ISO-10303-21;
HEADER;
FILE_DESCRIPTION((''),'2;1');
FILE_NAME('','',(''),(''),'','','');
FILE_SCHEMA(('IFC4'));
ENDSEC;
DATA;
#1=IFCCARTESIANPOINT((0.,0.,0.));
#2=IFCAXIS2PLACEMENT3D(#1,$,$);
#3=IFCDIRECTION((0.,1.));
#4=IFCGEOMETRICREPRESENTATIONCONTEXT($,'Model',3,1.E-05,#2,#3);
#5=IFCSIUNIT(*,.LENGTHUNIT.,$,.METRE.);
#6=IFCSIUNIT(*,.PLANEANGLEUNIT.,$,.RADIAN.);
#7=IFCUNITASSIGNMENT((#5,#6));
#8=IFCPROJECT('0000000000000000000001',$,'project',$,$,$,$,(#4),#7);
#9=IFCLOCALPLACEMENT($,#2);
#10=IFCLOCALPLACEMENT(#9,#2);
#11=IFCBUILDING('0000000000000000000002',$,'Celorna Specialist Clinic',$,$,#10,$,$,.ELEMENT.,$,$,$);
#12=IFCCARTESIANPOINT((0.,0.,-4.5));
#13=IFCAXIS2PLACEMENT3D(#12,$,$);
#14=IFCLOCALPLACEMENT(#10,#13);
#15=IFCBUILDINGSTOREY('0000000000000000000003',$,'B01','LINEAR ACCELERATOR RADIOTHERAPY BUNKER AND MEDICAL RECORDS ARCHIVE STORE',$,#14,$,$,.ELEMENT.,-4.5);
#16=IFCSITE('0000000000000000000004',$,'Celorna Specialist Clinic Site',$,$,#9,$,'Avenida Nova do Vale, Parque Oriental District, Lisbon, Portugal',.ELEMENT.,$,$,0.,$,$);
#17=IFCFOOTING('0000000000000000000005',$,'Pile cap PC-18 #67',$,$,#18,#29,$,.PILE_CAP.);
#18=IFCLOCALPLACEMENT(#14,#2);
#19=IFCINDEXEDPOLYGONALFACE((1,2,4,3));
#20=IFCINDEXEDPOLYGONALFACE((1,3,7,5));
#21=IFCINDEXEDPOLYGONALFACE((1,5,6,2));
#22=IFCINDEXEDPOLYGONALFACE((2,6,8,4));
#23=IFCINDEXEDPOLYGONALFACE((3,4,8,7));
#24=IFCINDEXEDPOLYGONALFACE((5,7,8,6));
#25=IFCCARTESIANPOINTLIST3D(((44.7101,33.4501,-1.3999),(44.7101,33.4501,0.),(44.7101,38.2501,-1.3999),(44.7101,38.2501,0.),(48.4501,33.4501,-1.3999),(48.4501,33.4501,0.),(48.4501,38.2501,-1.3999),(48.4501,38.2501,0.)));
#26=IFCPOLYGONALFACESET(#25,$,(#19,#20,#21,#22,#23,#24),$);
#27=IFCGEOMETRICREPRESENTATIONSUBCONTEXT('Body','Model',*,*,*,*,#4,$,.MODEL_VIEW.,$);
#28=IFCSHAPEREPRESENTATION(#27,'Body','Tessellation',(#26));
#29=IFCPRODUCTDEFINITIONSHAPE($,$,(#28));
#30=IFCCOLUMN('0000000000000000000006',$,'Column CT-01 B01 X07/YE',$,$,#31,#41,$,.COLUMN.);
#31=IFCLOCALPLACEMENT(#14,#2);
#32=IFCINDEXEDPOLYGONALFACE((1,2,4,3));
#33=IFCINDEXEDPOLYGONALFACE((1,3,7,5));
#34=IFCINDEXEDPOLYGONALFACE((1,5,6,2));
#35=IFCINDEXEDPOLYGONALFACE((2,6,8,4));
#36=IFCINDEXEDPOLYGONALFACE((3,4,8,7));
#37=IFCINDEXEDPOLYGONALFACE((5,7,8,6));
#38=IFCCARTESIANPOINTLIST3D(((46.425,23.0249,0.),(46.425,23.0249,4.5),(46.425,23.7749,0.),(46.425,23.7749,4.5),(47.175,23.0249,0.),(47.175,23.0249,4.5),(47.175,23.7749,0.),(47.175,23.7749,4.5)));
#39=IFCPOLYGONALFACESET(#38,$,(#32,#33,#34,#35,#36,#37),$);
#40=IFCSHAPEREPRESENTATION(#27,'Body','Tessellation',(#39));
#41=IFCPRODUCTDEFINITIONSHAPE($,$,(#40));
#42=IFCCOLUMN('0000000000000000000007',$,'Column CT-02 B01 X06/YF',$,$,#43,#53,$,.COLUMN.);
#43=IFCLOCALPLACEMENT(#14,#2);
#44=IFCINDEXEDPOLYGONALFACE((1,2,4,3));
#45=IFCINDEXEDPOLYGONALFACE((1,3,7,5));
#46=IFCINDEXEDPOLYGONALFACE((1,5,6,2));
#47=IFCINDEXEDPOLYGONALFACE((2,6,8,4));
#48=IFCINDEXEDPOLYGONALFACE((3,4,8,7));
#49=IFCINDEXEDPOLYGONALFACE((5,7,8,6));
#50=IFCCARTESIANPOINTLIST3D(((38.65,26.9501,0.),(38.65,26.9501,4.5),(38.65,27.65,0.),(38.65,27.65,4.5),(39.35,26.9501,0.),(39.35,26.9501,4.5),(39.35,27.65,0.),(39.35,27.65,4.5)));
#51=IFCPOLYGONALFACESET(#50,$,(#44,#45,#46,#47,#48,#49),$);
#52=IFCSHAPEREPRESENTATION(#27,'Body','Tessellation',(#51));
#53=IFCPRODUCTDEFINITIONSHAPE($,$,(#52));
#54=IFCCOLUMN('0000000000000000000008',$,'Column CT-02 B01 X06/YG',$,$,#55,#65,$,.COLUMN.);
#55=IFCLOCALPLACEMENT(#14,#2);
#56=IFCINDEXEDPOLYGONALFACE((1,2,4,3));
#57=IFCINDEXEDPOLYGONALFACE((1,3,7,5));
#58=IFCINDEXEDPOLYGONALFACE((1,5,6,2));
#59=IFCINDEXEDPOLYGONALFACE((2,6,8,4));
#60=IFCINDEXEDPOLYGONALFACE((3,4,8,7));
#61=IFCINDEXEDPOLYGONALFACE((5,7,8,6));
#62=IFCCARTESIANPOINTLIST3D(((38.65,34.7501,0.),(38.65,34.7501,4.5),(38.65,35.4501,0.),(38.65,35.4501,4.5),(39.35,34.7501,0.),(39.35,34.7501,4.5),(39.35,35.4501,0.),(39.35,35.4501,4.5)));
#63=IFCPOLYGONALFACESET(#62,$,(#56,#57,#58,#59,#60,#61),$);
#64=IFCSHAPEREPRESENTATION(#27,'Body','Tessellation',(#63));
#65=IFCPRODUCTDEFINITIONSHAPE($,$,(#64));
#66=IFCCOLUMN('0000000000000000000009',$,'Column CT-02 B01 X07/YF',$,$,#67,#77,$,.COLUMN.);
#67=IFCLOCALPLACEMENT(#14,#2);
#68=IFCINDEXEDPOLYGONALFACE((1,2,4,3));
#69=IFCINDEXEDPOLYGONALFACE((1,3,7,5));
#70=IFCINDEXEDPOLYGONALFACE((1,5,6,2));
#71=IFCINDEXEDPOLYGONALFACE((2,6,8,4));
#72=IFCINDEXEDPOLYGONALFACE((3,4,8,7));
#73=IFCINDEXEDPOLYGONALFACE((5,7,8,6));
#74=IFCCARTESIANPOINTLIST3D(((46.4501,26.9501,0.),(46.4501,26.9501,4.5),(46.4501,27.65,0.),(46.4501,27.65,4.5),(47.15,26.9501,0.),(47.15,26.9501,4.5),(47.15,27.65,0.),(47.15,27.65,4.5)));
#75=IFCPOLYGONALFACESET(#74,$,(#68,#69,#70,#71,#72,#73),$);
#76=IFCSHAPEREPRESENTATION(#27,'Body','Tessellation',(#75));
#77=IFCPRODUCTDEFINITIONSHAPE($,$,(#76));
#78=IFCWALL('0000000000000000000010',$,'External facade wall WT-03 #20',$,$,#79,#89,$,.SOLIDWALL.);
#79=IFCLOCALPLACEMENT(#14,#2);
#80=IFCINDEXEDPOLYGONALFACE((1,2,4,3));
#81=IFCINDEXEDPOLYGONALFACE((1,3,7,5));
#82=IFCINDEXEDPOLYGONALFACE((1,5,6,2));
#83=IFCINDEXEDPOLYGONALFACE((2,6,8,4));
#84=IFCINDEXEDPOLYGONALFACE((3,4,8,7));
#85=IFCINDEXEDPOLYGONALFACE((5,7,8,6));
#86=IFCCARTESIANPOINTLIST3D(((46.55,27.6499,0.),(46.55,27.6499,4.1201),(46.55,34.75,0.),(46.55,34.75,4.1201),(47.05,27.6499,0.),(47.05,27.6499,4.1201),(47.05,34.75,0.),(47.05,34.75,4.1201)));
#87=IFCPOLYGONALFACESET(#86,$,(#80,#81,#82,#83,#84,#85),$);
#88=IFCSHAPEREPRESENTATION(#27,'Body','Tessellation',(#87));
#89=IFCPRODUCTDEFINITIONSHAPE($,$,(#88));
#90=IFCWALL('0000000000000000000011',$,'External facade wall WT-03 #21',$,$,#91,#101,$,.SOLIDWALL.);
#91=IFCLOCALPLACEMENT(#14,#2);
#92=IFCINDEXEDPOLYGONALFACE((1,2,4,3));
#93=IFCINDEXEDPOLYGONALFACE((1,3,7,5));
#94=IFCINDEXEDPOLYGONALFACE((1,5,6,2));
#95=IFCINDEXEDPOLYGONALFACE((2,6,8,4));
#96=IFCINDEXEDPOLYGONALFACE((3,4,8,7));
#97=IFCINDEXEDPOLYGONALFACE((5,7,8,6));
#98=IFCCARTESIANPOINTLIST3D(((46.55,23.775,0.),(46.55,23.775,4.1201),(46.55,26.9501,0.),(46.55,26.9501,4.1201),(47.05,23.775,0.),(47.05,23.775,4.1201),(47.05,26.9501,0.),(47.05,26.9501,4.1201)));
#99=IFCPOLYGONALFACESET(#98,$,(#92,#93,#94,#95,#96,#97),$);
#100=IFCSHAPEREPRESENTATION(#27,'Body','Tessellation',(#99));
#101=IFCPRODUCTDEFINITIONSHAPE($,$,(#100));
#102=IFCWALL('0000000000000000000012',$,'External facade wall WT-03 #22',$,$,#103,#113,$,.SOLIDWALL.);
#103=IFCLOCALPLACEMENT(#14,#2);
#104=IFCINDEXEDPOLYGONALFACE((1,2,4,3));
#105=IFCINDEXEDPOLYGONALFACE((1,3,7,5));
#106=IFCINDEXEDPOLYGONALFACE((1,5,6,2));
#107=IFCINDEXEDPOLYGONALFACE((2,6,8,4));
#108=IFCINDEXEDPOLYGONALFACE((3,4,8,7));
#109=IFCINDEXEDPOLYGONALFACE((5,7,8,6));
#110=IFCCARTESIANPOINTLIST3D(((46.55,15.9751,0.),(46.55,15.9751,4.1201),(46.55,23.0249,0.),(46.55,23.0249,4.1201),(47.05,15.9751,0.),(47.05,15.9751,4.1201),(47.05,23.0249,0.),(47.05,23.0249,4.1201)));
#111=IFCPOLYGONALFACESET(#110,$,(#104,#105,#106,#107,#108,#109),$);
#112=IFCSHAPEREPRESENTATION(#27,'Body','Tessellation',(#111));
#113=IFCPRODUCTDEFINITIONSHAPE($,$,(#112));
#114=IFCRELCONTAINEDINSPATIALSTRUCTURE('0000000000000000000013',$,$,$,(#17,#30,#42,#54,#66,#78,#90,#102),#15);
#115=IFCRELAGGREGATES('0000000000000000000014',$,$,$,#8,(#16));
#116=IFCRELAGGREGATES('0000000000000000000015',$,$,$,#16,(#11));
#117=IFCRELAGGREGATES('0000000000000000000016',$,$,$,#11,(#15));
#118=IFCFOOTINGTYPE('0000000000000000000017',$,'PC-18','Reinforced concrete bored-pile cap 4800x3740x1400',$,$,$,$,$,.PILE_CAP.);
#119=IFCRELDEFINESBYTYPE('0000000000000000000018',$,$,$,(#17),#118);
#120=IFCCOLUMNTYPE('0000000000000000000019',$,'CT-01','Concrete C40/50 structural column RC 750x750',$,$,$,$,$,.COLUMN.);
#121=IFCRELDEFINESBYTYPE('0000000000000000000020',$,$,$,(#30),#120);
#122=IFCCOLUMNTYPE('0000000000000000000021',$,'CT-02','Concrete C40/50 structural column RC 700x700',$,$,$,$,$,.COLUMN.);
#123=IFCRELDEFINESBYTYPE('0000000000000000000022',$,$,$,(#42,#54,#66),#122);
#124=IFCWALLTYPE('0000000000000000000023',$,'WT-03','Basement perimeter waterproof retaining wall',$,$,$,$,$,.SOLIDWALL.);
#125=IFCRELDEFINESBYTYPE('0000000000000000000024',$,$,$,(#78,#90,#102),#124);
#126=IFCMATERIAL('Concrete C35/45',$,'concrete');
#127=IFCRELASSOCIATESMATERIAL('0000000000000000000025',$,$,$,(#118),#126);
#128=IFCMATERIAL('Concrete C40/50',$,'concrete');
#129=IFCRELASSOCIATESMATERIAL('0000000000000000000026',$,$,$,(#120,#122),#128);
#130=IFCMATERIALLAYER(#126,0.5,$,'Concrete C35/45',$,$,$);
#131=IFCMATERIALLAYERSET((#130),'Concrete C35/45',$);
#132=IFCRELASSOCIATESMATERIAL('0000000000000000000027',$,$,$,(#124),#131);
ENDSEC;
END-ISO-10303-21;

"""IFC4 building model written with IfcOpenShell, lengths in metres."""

from ifc_helpers import new_model, si_unit, direction, frame, frame_2d, origin, origin_2d, place, context, subcontext, project, spatial, rectangle, extrude, material, layer, layer_set, material_profile, profile_set, type_object, element, save


model = new_model("IFC4")

# Units and contexts
model_context = context("Model", 3, precision=1e-05, world=origin(), true_north=direction((0.0, 1.0)))
body_context = subcontext(model_context, "Body", "Model", "MODEL_VIEW")
ifc_project = project(units=[si_unit("LENGTHUNIT", "METRE"), si_unit("PLANEANGLEUNIT", "RADIAN")], contexts=[model_context])

# Site, building, storey
site_placement = place(None, origin())
site = spatial("IfcSite", under=ifc_project, at=site_placement, Name="Celorna Specialist Clinic Site", LongName="Avenida Nova do Vale, Parque Oriental District, Lisbon, Portugal", CompositionType="ELEMENT", RefElevation=0.0)
building_placement = place(site_placement, origin())
building = spatial("IfcBuilding", under=site, at=building_placement, Name="Celorna Specialist Clinic", CompositionType="ELEMENT")
storey_placement = place(building_placement, frame((0.0, 0.0, -4.5)))
storey = spatial("IfcBuildingStorey", under=building, at=storey_placement, Name="B01", Description="LINEAR ACCELERATOR RADIOTHERAPY BUNKER AND MEDICAL RECORDS ARCHIVE STORE", CompositionType="ELEMENT", Elevation=-4.5)

# Shared definitions
ifc_material_1 = material(Name="Concrete C35/45", Category="concrete")

# Footing
footing_type_1 = type_object("IfcFootingType", Name="PC-18", Description="Reinforced concrete bored-pile cap 4800x3740x1400", PredefinedType="PILE_CAP", material=ifc_material_1)
footing_1_placement = place(storey_placement, frame((46.5801, 35.8501, -1.3999), z_axis=(0.0, 0.0, 1.0), x_axis=(1.0, 0.0, 0.0)))
element("IfcFooting", 1, at=footing_1_placement, inside=storey, type_object=footing_type_1, Name="Pile cap PC-18 #67", PredefinedType="PILE_CAP", context=body_context, shape_type="SweptSolid", body=[
    extrude(rectangle(XDim=3.74, YDim=4.8, at=origin_2d()), origin(), (0.0, 0.0, 1.0), 1.3999),
])

# Columns
ifc_material_2 = material(Name="Concrete C40/50", Category="concrete")
ifc_material_profile_1 = material_profile(ifc_material_2, rectangle(XDim=0.75, YDim=0.75, at=origin_2d()), Name="RC 750x750")
ifc_profile_set_1 = profile_set([ifc_material_profile_1], Name="Concrete C40/50")
column_type_1 = type_object("IfcColumnType", Name="CT-01", Description="Concrete C40/50 structural column RC 750x750", PredefinedType="COLUMN", material=ifc_profile_set_1)
column_placement = place(storey_placement, frame((46.8, 23.3999, 0.0), z_axis=(0.0, 0.0, 1.0), x_axis=(1.0, 0.0, 0.0)))
element("IfcColumn", 2, at=column_placement, inside=storey, type_object=column_type_1, Name="Column CT-01 B01 X07/YE", PredefinedType="COLUMN", context=body_context, shape_type="SweptSolid", body=[
    extrude(rectangle(XDim=0.75, YDim=0.75, at=origin_2d()), origin(), (0.0, 0.0, 1.0), 4.5),
])
ifc_material_profile_2 = material_profile(ifc_material_2, rectangle(XDim=0.7, YDim=0.7, at=origin_2d()), Name="RC 700x700")
ifc_profile_set_2 = profile_set([ifc_material_profile_2], Name="Concrete C40/50")
column_type_2 = type_object("IfcColumnType", Name="CT-02", Description="Concrete C40/50 structural column RC 700x700", PredefinedType="COLUMN", material=ifc_profile_set_2)
for number, where, z_axis, x_axis, name in (
    (3, (39.0, 27.3, 0.0), (0.0, 0.0, 1.0), (1.0, 0.0, 0.0), "Column CT-02 B01 X06/YF"),
    (4, (39.0, 35.1001, 0.0), (0.0, 0.0, 1.0), (1.0, 0.0, 0.0), "Column CT-02 B01 X06/YG"),
    (5, (46.8, 27.3, 0.0), (0.0, 0.0, 1.0), (1.0, 0.0, 0.0), "Column CT-02 B01 X07/YF"),
):
    element("IfcColumn", number, at=place(storey_placement, frame(where, z_axis=z_axis, x_axis=x_axis)), inside=storey, type_object=column_type_2, Name=name, PredefinedType="COLUMN", context=body_context, shape_type="SweptSolid", body=[
        extrude(rectangle(XDim=0.7, YDim=0.7, at=origin_2d()), origin(), (0.0, 0.0, 1.0), 4.5),
    ])

# Walls
ifc_layer = layer(ifc_material_1, 0.5, Name="Concrete C35/45")
ifc_layer_set = layer_set([ifc_layer], Name="Concrete C35/45")
wall_type = type_object("IfcWallType", Name="WT-03", Description="Basement perimeter waterproof retaining wall", PredefinedType="SOLIDWALL", material=ifc_layer_set)
wall_1_placement = place(storey_placement, frame((46.8, 34.75, 0.0), z_axis=(0.0, 0.0, 1.0), x_axis=(0.0, -1.0, 0.0)))
element("IfcWall", 6, at=wall_1_placement, inside=storey, type_object=wall_type, Name="External facade wall WT-03 #20", PredefinedType="SOLIDWALL", context=body_context, shape_type="SweptSolid", body=[
    extrude(rectangle(XDim=7.1001, YDim=0.5, at=frame_2d((3.55, 0.0))), origin(), (0.0, 0.0, 1.0), 4.1201),
])
wall_2_placement = place(storey_placement, frame((46.8, 26.95, 0.0), z_axis=(0.0, 0.0, 1.0), x_axis=(0.0, -1.0, 0.0)))
element("IfcWall", 7, at=wall_2_placement, inside=storey, type_object=wall_type, Name="External facade wall WT-03 #21", PredefinedType="SOLIDWALL", context=body_context, shape_type="SweptSolid", body=[
    extrude(rectangle(XDim=3.175, YDim=0.5, at=frame_2d((1.5874, 0.0))), origin(), (0.0, 0.0, 1.0), 4.1201),
])
wall_3_placement = place(storey_placement, frame((46.8, 23.0249, 0.0), z_axis=(0.0, 0.0, 1.0), x_axis=(0.0, -1.0, 0.0)))
element("IfcWall", 8, at=wall_3_placement, inside=storey, type_object=wall_type, Name="External facade wall WT-03 #22", PredefinedType="SOLIDWALL", context=body_context, shape_type="SweptSolid", body=[
    extrude(rectangle(XDim=7.0498, YDim=0.5, at=frame_2d((3.5249, 0.0))), origin(), (0.0, 0.0, 1.0), 4.1201),
])

save(model, "model.ifc")
